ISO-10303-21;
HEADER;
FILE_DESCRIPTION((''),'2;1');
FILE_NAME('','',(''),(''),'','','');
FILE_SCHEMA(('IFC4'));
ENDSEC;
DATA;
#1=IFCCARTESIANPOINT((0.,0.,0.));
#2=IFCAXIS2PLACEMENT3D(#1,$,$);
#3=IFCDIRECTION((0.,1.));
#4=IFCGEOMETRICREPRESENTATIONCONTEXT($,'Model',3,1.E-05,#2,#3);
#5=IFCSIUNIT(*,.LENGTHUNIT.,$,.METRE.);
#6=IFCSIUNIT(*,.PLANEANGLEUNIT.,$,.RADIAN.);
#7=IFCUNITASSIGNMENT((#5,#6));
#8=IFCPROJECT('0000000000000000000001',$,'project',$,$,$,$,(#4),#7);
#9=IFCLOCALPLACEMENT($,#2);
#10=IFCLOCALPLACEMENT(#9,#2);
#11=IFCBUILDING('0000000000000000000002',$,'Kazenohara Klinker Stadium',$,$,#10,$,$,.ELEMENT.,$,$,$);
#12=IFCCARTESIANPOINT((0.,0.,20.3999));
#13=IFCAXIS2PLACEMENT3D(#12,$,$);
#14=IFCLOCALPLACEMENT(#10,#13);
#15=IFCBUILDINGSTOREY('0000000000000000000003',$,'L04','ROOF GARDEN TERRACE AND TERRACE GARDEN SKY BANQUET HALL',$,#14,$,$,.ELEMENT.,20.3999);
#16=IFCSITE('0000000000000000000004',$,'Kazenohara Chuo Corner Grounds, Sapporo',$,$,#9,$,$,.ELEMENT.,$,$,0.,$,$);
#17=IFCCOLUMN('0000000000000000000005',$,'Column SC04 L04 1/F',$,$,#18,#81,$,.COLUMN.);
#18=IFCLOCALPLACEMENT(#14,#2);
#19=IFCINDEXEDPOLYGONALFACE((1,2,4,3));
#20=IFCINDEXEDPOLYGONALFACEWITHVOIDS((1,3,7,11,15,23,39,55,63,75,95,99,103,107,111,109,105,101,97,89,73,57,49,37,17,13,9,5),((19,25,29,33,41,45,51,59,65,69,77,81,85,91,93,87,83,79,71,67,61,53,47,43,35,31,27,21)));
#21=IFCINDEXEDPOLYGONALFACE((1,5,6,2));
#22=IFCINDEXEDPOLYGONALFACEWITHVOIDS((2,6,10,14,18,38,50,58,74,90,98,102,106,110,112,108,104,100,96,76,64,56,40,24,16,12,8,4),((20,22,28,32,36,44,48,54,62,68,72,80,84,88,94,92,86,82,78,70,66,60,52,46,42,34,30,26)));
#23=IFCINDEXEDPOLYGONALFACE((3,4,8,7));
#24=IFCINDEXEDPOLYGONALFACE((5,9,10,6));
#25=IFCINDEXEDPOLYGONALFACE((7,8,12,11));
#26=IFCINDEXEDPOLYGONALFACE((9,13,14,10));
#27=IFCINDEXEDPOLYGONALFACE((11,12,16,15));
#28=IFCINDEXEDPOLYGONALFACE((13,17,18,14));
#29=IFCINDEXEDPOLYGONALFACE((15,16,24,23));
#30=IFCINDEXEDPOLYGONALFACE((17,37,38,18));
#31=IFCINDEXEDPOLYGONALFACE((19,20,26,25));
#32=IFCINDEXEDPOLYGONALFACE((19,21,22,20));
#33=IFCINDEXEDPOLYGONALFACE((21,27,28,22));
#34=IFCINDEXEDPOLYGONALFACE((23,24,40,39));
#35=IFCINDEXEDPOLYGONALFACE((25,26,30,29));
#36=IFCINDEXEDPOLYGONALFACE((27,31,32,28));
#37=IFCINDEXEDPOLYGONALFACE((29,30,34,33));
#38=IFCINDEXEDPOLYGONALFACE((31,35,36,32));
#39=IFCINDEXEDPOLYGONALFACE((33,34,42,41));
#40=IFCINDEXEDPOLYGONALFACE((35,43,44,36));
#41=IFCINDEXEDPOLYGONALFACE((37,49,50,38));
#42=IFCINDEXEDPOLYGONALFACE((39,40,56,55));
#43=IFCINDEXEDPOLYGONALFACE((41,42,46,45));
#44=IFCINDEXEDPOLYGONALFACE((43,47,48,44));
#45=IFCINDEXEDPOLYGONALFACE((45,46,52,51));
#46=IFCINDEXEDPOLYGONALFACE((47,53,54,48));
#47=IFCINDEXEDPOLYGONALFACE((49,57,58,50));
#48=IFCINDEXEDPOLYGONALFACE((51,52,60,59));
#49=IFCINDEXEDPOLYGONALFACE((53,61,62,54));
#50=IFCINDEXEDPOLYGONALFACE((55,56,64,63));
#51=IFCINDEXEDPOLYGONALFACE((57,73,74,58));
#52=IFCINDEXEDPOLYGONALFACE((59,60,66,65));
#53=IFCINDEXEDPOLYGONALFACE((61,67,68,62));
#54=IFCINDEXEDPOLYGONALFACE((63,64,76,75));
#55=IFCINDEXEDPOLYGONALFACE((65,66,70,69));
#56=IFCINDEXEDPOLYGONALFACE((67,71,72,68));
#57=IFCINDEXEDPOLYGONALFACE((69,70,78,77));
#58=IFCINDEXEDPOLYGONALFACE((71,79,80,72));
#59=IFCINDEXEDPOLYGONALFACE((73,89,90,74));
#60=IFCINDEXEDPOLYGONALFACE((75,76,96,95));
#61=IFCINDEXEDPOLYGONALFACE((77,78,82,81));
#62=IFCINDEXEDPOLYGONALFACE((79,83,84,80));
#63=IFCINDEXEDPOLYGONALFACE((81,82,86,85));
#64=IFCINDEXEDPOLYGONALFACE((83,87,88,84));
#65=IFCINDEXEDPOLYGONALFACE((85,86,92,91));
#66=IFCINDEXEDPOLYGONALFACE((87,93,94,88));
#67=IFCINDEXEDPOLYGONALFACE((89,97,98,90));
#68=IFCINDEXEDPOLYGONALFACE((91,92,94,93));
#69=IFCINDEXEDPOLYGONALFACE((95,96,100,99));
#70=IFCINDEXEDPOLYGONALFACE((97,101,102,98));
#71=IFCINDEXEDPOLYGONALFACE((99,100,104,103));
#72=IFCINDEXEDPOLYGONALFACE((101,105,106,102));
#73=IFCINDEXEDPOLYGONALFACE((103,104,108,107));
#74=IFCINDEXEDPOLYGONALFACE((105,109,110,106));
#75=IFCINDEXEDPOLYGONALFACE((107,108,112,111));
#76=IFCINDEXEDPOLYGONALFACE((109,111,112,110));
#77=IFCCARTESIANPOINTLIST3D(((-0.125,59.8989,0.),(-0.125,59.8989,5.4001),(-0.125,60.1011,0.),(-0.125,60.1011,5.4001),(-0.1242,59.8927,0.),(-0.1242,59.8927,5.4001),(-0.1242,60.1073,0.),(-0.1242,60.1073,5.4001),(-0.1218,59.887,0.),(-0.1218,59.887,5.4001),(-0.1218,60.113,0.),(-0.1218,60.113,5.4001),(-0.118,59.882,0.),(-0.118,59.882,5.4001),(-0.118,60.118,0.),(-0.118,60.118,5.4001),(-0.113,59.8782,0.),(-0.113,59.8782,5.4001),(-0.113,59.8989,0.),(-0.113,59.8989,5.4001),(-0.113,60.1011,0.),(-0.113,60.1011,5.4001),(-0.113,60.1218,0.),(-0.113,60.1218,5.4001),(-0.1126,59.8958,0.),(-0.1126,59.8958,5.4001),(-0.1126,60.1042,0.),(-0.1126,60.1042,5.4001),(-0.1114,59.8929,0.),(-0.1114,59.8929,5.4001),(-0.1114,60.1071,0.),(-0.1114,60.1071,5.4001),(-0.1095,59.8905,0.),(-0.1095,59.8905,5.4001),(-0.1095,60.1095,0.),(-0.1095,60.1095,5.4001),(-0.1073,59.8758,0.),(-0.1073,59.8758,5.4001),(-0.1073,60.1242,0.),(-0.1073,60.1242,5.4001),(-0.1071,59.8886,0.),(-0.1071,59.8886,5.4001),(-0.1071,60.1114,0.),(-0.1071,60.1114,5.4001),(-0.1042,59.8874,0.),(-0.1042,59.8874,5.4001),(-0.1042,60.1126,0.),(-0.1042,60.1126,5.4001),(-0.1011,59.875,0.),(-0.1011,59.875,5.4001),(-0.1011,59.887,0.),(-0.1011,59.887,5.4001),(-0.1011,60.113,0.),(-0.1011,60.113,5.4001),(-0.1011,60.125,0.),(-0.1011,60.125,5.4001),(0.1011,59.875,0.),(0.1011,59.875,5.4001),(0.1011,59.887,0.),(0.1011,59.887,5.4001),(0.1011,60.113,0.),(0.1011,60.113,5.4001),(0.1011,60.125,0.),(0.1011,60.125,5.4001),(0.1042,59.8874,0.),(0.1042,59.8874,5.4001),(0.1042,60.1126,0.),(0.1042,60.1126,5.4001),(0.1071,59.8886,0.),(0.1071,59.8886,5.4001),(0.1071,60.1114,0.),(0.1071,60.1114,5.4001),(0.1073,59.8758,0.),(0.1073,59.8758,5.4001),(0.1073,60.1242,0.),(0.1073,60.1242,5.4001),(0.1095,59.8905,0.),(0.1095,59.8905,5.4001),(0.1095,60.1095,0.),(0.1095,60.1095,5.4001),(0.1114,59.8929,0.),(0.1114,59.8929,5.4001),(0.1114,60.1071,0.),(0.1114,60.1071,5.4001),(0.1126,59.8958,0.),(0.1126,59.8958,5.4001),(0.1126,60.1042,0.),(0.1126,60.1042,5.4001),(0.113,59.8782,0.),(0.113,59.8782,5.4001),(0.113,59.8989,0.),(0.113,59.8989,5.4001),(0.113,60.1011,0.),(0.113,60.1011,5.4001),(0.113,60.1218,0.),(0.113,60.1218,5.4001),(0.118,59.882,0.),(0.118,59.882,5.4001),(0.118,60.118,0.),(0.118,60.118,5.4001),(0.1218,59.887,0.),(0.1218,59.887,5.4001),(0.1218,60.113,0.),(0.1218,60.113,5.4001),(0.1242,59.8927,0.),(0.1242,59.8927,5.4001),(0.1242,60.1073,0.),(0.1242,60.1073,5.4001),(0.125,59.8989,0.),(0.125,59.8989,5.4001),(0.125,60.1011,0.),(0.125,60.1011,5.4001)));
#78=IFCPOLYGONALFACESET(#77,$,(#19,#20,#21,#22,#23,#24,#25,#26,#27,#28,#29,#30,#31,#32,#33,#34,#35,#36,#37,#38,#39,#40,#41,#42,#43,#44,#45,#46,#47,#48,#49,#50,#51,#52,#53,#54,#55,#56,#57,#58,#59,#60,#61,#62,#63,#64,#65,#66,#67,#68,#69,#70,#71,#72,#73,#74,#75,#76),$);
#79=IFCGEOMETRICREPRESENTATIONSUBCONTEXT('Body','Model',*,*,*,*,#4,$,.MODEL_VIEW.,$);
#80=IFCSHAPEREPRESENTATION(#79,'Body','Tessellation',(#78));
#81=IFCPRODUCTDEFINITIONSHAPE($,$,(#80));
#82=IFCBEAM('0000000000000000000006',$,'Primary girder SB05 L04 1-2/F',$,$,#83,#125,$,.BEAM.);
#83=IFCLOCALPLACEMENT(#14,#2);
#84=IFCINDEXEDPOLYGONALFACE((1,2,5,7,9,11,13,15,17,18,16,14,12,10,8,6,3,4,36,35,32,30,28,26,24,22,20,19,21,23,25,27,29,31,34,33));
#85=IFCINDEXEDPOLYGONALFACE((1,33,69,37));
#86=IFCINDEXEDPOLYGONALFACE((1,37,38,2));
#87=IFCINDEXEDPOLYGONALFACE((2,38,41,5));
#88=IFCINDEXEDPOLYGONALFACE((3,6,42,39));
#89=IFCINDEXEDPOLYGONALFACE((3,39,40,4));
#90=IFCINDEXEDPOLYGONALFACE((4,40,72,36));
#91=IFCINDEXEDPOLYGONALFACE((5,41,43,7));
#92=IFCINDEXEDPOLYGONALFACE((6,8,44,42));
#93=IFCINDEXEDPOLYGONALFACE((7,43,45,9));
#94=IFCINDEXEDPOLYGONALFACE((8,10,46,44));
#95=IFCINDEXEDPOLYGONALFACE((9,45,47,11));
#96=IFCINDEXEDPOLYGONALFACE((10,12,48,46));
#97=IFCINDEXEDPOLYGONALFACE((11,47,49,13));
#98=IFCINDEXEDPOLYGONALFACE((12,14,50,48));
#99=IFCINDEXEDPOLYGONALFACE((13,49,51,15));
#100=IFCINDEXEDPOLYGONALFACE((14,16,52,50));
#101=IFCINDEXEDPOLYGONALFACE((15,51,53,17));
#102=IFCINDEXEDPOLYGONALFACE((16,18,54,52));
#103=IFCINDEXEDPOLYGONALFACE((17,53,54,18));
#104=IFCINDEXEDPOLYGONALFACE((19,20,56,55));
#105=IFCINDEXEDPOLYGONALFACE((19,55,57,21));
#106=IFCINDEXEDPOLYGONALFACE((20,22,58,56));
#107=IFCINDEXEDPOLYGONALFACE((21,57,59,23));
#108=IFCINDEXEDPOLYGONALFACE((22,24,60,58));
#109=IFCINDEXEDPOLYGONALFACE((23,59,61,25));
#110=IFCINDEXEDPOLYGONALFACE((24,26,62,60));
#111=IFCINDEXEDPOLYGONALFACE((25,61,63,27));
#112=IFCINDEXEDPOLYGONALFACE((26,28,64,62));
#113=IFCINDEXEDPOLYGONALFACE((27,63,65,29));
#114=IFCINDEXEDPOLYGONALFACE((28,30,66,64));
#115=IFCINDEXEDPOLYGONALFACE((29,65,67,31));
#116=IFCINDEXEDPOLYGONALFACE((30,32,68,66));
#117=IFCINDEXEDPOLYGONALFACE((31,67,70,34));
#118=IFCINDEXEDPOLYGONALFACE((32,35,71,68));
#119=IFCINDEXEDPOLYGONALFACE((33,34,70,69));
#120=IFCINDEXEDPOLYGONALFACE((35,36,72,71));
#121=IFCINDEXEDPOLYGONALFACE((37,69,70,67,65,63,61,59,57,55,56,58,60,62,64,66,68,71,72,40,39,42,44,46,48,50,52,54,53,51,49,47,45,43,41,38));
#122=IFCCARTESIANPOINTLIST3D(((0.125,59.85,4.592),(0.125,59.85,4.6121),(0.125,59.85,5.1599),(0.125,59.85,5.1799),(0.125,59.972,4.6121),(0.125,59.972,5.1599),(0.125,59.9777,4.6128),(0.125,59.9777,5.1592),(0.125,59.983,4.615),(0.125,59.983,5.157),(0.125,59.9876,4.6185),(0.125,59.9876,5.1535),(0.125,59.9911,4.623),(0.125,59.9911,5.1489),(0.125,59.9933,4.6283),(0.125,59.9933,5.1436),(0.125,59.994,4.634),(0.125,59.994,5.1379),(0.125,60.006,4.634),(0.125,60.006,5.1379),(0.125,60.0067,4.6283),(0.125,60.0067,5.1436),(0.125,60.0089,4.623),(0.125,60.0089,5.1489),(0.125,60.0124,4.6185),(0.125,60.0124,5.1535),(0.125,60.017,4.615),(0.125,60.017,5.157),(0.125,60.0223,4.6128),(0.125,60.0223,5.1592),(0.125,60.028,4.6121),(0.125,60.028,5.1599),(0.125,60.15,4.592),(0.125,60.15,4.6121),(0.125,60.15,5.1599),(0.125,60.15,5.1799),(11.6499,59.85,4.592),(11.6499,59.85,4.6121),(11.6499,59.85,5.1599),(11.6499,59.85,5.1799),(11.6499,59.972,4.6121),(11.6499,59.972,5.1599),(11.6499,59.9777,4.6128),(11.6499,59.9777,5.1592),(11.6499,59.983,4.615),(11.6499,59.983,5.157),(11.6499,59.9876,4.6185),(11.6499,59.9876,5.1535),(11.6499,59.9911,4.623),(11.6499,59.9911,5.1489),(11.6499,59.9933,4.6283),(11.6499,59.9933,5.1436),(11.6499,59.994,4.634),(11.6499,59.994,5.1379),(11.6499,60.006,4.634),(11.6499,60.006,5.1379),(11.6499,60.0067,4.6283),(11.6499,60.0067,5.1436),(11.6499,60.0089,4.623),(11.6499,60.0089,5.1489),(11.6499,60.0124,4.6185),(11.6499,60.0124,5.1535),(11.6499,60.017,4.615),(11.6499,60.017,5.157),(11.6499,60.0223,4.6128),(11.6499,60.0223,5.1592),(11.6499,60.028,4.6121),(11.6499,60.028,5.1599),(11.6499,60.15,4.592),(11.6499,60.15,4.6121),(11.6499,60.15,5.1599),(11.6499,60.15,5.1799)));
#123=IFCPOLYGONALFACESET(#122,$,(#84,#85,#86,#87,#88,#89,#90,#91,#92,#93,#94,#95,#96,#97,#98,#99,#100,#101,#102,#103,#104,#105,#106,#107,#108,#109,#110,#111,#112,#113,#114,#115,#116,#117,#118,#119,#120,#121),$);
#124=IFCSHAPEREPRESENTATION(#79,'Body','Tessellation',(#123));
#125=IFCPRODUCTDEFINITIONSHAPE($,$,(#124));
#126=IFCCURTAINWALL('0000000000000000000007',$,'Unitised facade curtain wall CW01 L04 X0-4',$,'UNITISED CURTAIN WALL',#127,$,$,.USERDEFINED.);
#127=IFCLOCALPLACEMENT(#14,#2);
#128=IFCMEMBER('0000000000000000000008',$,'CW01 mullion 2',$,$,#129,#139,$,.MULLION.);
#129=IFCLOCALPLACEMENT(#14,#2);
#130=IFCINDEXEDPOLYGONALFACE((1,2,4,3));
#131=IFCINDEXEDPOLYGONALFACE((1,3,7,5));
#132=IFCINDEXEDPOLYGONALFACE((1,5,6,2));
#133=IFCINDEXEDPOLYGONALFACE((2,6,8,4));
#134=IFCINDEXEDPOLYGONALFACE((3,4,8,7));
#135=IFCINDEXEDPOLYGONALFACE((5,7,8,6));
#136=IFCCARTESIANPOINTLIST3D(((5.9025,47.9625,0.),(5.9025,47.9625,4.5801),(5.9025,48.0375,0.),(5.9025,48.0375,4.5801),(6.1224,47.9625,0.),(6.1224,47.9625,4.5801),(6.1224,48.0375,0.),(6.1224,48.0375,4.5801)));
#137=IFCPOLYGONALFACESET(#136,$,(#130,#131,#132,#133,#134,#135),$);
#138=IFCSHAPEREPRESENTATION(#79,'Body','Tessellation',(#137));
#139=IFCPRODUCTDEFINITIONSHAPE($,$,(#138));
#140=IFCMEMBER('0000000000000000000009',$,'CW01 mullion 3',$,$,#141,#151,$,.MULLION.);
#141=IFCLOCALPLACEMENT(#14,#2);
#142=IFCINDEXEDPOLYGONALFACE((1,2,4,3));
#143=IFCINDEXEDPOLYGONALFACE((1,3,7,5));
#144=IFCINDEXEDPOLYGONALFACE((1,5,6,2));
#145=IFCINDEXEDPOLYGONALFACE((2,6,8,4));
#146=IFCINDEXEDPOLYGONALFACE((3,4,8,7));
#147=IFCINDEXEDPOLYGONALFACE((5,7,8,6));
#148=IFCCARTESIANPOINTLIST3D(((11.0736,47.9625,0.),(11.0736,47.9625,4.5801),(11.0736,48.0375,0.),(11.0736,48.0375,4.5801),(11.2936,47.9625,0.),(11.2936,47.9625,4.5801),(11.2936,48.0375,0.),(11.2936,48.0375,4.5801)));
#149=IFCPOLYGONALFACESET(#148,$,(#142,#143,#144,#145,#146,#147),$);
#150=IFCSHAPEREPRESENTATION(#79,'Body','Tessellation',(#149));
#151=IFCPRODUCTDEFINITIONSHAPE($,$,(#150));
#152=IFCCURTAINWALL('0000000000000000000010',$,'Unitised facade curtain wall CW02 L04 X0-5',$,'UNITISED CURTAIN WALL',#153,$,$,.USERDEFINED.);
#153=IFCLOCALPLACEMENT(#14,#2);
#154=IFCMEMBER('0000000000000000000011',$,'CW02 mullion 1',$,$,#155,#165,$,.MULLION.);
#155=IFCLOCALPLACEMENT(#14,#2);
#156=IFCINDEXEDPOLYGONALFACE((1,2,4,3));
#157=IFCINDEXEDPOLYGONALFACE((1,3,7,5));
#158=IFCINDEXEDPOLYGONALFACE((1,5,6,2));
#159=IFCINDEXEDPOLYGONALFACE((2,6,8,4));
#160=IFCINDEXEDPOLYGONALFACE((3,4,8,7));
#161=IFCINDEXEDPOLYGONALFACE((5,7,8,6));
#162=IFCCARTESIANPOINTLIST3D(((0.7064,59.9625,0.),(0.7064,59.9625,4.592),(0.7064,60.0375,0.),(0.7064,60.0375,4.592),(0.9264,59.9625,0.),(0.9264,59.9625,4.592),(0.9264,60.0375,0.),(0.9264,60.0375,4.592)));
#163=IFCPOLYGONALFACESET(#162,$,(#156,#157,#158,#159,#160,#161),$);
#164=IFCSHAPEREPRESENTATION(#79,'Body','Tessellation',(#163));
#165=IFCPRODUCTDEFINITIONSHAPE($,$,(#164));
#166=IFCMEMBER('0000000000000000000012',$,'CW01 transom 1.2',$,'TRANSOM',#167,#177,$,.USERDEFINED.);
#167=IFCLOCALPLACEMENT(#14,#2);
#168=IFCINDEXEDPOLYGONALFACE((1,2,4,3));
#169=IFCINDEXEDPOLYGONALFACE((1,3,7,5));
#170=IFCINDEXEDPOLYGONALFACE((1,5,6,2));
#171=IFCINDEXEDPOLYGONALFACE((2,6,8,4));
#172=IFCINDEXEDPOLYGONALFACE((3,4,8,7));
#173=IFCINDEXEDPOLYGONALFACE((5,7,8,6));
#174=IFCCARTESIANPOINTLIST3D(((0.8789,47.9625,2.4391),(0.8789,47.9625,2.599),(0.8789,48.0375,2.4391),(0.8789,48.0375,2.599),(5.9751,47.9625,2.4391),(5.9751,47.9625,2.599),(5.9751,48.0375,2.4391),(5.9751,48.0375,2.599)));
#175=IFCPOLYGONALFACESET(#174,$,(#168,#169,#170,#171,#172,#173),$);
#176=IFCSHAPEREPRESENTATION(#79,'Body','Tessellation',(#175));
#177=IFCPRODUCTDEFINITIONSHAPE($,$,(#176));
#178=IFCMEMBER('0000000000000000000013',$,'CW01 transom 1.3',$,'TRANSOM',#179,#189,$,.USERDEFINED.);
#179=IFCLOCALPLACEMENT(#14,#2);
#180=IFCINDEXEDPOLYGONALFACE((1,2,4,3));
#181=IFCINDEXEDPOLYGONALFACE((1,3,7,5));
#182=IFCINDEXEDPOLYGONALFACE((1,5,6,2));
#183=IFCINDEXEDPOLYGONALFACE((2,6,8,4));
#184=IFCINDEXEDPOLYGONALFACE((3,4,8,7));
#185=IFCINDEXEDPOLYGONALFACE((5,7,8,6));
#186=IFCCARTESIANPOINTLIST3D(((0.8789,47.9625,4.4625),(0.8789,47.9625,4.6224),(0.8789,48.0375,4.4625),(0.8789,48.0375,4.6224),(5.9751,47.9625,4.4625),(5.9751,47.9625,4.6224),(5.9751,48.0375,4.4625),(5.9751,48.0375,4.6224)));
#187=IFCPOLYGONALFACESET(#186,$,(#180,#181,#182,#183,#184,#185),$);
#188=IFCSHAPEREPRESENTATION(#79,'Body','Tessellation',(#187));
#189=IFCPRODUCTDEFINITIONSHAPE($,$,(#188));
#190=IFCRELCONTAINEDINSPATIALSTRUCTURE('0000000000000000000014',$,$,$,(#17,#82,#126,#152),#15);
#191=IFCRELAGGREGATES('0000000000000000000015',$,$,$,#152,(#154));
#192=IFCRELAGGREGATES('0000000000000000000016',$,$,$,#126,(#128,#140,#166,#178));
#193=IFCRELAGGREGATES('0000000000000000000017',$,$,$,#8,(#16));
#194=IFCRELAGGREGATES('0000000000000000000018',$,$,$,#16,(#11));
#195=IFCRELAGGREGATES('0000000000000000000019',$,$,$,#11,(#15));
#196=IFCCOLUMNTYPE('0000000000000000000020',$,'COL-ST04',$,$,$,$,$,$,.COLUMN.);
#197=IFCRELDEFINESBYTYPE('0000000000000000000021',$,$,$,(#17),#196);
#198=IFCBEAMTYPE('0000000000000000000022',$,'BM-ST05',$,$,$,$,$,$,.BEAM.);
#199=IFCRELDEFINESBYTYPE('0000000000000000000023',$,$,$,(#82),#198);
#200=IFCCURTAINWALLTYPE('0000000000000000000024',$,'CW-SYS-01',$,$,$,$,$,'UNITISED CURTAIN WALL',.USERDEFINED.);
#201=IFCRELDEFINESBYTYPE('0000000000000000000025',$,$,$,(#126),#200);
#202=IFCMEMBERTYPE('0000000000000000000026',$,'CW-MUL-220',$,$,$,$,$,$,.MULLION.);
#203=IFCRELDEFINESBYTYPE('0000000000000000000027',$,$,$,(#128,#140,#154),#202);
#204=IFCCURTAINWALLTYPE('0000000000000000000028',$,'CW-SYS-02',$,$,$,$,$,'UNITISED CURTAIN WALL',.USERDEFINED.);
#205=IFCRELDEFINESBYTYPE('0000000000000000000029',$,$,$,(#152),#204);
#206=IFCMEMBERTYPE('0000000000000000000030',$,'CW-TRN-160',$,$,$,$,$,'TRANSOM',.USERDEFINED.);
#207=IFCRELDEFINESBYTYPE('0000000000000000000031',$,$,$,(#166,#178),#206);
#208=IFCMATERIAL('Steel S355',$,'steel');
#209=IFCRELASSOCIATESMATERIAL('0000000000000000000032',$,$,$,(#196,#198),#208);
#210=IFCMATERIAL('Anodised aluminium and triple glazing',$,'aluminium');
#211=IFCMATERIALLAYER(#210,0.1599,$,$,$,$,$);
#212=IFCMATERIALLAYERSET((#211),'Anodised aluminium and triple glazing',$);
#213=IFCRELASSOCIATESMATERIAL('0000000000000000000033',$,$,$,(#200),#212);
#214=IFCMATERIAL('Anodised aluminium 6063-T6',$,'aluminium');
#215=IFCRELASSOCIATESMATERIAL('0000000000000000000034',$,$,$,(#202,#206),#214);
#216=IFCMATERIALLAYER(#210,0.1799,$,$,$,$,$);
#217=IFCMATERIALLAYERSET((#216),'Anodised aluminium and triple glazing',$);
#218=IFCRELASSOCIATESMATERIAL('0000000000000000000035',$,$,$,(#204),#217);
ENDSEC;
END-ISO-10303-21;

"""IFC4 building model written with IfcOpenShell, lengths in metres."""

from ifc_helpers import new_model, si_unit, direction, frame, origin, origin_2d, place, context, subcontext, project, spatial, rectangle, hollow_rectangle, i_section, extrude, material, layer, layer_set, material_profile, profile_set, type_object, element, aggregate, save


model = new_model("IFC4")

# Units and contexts
model_context = context("Model", 3, precision=1e-05, world=origin(), true_north=direction((0.0, 1.0)))
body_context = subcontext(model_context, "Body", "Model", "MODEL_VIEW")
ifc_project = project(units=[si_unit("LENGTHUNIT", "METRE"), si_unit("PLANEANGLEUNIT", "RADIAN")], contexts=[model_context])

# Site, building, storey
site_placement = place(None, origin())
site = spatial("IfcSite", under=ifc_project, at=site_placement, Name="Kazenohara Chuo Corner Grounds, Sapporo", CompositionType="ELEMENT", RefElevation=0.0)
building_placement = place(site_placement, origin())
building = spatial("IfcBuilding", under=site, at=building_placement, Name="Kazenohara Klinker Stadium", CompositionType="ELEMENT")
storey_placement = place(building_placement, frame((0.0, 0.0, 20.3999)))
storey = spatial("IfcBuildingStorey", under=building, at=storey_placement, Name="L04", Description="ROOF GARDEN TERRACE AND TERRACE GARDEN SKY BANQUET HALL", CompositionType="ELEMENT", Elevation=20.3999)

# Column
ifc_material_1 = material(Name="Steel S355", Category="steel")
ifc_material_profile_1 = material_profile(ifc_material_1, hollow_rectangle(XDim=0.25, YDim=0.25, WallThickness=0.012, InnerFilletRadius=0.012, OuterFilletRadius=0.0239, at=origin_2d()), Name="SHS-250x250x12")
ifc_profile_set_1 = profile_set([ifc_material_profile_1], Name="Steel S355")
column_type = type_object("IfcColumnType", Name="COL-ST04", PredefinedType="COLUMN", material=ifc_profile_set_1)
column_placement = place(storey_placement, frame((0.0, 60.0, 0.0), z_axis=(0.0, 0.0, 1.0), x_axis=(1.0, 0.0, 0.0)))
element("IfcColumn", 1, at=column_placement, inside=storey, type_object=column_type, Name="Column SC04 L04 1/F", PredefinedType="COLUMN", context=body_context, shape_type="SweptSolid", body=[
    extrude(hollow_rectangle(XDim=0.25, YDim=0.25, WallThickness=0.012, InnerFilletRadius=0.012, OuterFilletRadius=0.0239, at=origin_2d()), origin(), (0.0, 0.0, 1.0), 5.4001),
])

# Beam
ifc_material_profile_2 = material_profile(ifc_material_1, i_section(OverallWidth=0.3, OverallDepth=0.5879, WebThickness=0.012, FlangeThickness=0.02, FilletRadius=0.022, at=origin_2d()), Name="H-588x300x12x20")
ifc_profile_set_2 = profile_set([ifc_material_profile_2], Name="Steel S355")
beam_type = type_object("IfcBeamType", Name="BM-ST05", PredefinedType="BEAM", material=ifc_profile_set_2)
beam_placement = place(storey_placement, frame((0.125, 60.0, 4.886), z_axis=(1.0, 0.0, 0.0), x_axis=(0.0, 1.0, 0.0)))
element("IfcBeam", 2, at=beam_placement, inside=storey, type_object=beam_type, Name="Primary girder SB05 L04 1-2/F", PredefinedType="BEAM", context=body_context, shape_type="SweptSolid", body=[
    extrude(i_section(OverallWidth=0.3, OverallDepth=0.5879, WebThickness=0.012, FlangeThickness=0.02, FilletRadius=0.022, at=origin_2d()), origin(), (0.0, 0.0, 1.0), 11.5249),
])

# Curtain wall, members
ifc_material_2 = material(Name="Anodised aluminium and triple glazing", Category="aluminium")
ifc_layer_1 = layer(ifc_material_2, 0.1599)
ifc_layer_set_1 = layer_set([ifc_layer_1], Name="Anodised aluminium and triple glazing")
curtain_wall_type_1 = type_object("IfcCurtainWallType", Name="CW-SYS-01", ElementType="UNITISED CURTAIN WALL", PredefinedType="USERDEFINED", material=ifc_layer_set_1)
curtain_wall_1_placement = place(storey_placement, origin())
curtain_wall_1 = element("IfcCurtainWall", 3, at=curtain_wall_1_placement, inside=storey, type_object=curtain_wall_type_1, Name="Unitised facade curtain wall CW01 L04 X0-4", ObjectType="UNITISED CURTAIN WALL", PredefinedType="USERDEFINED")
ifc_material_3 = material(Name="Anodised aluminium 6063-T6", Category="aluminium")
ifc_material_profile_3 = material_profile(ifc_material_3, rectangle(XDim=0.075, YDim=0.22, at=origin_2d()), Name="ALU-MUL-75x220")
ifc_profile_set_3 = profile_set([ifc_material_profile_3], Name="Anodised aluminium 6063-T6")
member_type_1 = type_object("IfcMemberType", Name="CW-MUL-220", PredefinedType="MULLION", material=ifc_profile_set_3)
member_1_placement = place(storey_placement, frame((6.0125, 48.0, 0.0), z_axis=(0.0, 0.0, 1.0), x_axis=(0.0, 1.0, 0.0)))
member_1 = element("IfcMember", 4, at=member_1_placement, type_object=member_type_1, Name="CW01 mullion 2", PredefinedType="MULLION", context=body_context, shape_type="SweptSolid", body=[
    extrude(rectangle(XDim=0.075, YDim=0.22, at=origin_2d()), origin(), (0.0, 0.0, 1.0), 4.5801),
])
member_2_placement = place(storey_placement, frame((11.1836, 48.0, 0.0), z_axis=(0.0, 0.0, 1.0), x_axis=(0.0, 1.0, 0.0)))
member_2 = element("IfcMember", 5, at=member_2_placement, type_object=member_type_1, Name="CW01 mullion 3", PredefinedType="MULLION", context=body_context, shape_type="SweptSolid", body=[
    extrude(rectangle(XDim=0.075, YDim=0.22, at=origin_2d()), origin(), (0.0, 0.0, 1.0), 4.5801),
])

# Curtain wall, member
ifc_layer_2 = layer(ifc_material_2, 0.1799)
ifc_layer_set_2 = layer_set([ifc_layer_2], Name="Anodised aluminium and triple glazing")
curtain_wall_type_2 = type_object("IfcCurtainWallType", Name="CW-SYS-02", ElementType="UNITISED CURTAIN WALL", PredefinedType="USERDEFINED", material=ifc_layer_set_2)
curtain_wall_2_placement = place(storey_placement, origin())
curtain_wall_2 = element("IfcCurtainWall", 6, at=curtain_wall_2_placement, inside=storey, type_object=curtain_wall_type_2, Name="Unitised facade curtain wall CW02 L04 X0-5", ObjectType="UNITISED CURTAIN WALL", PredefinedType="USERDEFINED")
member_3_placement = place(storey_placement, frame((0.8164, 60.0, 0.0), z_axis=(0.0, 0.0, 1.0), x_axis=(0.0, 1.0, 0.0)))
member_3 = element("IfcMember", 7, at=member_3_placement, type_object=member_type_1, Name="CW02 mullion 1", PredefinedType="MULLION", context=body_context, shape_type="SweptSolid", body=[
    extrude(rectangle(XDim=0.075, YDim=0.22, at=origin_2d()), origin(), (0.0, 0.0, 1.0), 4.592),
])

# Members
ifc_material_profile_4 = material_profile(ifc_material_3, rectangle(XDim=0.075, YDim=0.1599, at=origin_2d()), Name="ALU-TRN-75x160")
ifc_profile_set_4 = profile_set([ifc_material_profile_4], Name="Anodised aluminium 6063-T6")
member_type_2 = type_object("IfcMemberType", Name="CW-TRN-160", ElementType="TRANSOM", PredefinedType="USERDEFINED", material=ifc_profile_set_4)
member_4_placement = place(storey_placement, frame((0.8789, 48.0, 2.519), z_axis=(1.0, 0.0, 0.0), x_axis=(0.0, 1.0, 0.0)))
member_4 = element("IfcMember", 8, at=member_4_placement, type_object=member_type_2, Name="CW01 transom 1.2", ObjectType="TRANSOM", PredefinedType="USERDEFINED", context=body_context, shape_type="SweptSolid", body=[
    extrude(rectangle(XDim=0.075, YDim=0.1599, at=origin_2d()), origin(), (0.0, 0.0, 1.0), 5.0962),
])
member_5_placement = place(storey_placement, frame((0.8789, 48.0, 4.5425), z_axis=(1.0, 0.0, 0.0), x_axis=(0.0, 1.0, 0.0)))
member_5 = element("IfcMember", 9, at=member_5_placement, type_object=member_type_2, Name="CW01 transom 1.3", ObjectType="TRANSOM", PredefinedType="USERDEFINED", context=body_context, shape_type="SweptSolid", body=[
    extrude(rectangle(XDim=0.075, YDim=0.1599, at=origin_2d()), origin(), (0.0, 0.0, 1.0), 5.0962),
])
aggregate(curtain_wall_2, [member_3])

aggregate(curtain_wall_1, [member_1, member_2, member_4, member_5])

save(model, "model.ifc")
